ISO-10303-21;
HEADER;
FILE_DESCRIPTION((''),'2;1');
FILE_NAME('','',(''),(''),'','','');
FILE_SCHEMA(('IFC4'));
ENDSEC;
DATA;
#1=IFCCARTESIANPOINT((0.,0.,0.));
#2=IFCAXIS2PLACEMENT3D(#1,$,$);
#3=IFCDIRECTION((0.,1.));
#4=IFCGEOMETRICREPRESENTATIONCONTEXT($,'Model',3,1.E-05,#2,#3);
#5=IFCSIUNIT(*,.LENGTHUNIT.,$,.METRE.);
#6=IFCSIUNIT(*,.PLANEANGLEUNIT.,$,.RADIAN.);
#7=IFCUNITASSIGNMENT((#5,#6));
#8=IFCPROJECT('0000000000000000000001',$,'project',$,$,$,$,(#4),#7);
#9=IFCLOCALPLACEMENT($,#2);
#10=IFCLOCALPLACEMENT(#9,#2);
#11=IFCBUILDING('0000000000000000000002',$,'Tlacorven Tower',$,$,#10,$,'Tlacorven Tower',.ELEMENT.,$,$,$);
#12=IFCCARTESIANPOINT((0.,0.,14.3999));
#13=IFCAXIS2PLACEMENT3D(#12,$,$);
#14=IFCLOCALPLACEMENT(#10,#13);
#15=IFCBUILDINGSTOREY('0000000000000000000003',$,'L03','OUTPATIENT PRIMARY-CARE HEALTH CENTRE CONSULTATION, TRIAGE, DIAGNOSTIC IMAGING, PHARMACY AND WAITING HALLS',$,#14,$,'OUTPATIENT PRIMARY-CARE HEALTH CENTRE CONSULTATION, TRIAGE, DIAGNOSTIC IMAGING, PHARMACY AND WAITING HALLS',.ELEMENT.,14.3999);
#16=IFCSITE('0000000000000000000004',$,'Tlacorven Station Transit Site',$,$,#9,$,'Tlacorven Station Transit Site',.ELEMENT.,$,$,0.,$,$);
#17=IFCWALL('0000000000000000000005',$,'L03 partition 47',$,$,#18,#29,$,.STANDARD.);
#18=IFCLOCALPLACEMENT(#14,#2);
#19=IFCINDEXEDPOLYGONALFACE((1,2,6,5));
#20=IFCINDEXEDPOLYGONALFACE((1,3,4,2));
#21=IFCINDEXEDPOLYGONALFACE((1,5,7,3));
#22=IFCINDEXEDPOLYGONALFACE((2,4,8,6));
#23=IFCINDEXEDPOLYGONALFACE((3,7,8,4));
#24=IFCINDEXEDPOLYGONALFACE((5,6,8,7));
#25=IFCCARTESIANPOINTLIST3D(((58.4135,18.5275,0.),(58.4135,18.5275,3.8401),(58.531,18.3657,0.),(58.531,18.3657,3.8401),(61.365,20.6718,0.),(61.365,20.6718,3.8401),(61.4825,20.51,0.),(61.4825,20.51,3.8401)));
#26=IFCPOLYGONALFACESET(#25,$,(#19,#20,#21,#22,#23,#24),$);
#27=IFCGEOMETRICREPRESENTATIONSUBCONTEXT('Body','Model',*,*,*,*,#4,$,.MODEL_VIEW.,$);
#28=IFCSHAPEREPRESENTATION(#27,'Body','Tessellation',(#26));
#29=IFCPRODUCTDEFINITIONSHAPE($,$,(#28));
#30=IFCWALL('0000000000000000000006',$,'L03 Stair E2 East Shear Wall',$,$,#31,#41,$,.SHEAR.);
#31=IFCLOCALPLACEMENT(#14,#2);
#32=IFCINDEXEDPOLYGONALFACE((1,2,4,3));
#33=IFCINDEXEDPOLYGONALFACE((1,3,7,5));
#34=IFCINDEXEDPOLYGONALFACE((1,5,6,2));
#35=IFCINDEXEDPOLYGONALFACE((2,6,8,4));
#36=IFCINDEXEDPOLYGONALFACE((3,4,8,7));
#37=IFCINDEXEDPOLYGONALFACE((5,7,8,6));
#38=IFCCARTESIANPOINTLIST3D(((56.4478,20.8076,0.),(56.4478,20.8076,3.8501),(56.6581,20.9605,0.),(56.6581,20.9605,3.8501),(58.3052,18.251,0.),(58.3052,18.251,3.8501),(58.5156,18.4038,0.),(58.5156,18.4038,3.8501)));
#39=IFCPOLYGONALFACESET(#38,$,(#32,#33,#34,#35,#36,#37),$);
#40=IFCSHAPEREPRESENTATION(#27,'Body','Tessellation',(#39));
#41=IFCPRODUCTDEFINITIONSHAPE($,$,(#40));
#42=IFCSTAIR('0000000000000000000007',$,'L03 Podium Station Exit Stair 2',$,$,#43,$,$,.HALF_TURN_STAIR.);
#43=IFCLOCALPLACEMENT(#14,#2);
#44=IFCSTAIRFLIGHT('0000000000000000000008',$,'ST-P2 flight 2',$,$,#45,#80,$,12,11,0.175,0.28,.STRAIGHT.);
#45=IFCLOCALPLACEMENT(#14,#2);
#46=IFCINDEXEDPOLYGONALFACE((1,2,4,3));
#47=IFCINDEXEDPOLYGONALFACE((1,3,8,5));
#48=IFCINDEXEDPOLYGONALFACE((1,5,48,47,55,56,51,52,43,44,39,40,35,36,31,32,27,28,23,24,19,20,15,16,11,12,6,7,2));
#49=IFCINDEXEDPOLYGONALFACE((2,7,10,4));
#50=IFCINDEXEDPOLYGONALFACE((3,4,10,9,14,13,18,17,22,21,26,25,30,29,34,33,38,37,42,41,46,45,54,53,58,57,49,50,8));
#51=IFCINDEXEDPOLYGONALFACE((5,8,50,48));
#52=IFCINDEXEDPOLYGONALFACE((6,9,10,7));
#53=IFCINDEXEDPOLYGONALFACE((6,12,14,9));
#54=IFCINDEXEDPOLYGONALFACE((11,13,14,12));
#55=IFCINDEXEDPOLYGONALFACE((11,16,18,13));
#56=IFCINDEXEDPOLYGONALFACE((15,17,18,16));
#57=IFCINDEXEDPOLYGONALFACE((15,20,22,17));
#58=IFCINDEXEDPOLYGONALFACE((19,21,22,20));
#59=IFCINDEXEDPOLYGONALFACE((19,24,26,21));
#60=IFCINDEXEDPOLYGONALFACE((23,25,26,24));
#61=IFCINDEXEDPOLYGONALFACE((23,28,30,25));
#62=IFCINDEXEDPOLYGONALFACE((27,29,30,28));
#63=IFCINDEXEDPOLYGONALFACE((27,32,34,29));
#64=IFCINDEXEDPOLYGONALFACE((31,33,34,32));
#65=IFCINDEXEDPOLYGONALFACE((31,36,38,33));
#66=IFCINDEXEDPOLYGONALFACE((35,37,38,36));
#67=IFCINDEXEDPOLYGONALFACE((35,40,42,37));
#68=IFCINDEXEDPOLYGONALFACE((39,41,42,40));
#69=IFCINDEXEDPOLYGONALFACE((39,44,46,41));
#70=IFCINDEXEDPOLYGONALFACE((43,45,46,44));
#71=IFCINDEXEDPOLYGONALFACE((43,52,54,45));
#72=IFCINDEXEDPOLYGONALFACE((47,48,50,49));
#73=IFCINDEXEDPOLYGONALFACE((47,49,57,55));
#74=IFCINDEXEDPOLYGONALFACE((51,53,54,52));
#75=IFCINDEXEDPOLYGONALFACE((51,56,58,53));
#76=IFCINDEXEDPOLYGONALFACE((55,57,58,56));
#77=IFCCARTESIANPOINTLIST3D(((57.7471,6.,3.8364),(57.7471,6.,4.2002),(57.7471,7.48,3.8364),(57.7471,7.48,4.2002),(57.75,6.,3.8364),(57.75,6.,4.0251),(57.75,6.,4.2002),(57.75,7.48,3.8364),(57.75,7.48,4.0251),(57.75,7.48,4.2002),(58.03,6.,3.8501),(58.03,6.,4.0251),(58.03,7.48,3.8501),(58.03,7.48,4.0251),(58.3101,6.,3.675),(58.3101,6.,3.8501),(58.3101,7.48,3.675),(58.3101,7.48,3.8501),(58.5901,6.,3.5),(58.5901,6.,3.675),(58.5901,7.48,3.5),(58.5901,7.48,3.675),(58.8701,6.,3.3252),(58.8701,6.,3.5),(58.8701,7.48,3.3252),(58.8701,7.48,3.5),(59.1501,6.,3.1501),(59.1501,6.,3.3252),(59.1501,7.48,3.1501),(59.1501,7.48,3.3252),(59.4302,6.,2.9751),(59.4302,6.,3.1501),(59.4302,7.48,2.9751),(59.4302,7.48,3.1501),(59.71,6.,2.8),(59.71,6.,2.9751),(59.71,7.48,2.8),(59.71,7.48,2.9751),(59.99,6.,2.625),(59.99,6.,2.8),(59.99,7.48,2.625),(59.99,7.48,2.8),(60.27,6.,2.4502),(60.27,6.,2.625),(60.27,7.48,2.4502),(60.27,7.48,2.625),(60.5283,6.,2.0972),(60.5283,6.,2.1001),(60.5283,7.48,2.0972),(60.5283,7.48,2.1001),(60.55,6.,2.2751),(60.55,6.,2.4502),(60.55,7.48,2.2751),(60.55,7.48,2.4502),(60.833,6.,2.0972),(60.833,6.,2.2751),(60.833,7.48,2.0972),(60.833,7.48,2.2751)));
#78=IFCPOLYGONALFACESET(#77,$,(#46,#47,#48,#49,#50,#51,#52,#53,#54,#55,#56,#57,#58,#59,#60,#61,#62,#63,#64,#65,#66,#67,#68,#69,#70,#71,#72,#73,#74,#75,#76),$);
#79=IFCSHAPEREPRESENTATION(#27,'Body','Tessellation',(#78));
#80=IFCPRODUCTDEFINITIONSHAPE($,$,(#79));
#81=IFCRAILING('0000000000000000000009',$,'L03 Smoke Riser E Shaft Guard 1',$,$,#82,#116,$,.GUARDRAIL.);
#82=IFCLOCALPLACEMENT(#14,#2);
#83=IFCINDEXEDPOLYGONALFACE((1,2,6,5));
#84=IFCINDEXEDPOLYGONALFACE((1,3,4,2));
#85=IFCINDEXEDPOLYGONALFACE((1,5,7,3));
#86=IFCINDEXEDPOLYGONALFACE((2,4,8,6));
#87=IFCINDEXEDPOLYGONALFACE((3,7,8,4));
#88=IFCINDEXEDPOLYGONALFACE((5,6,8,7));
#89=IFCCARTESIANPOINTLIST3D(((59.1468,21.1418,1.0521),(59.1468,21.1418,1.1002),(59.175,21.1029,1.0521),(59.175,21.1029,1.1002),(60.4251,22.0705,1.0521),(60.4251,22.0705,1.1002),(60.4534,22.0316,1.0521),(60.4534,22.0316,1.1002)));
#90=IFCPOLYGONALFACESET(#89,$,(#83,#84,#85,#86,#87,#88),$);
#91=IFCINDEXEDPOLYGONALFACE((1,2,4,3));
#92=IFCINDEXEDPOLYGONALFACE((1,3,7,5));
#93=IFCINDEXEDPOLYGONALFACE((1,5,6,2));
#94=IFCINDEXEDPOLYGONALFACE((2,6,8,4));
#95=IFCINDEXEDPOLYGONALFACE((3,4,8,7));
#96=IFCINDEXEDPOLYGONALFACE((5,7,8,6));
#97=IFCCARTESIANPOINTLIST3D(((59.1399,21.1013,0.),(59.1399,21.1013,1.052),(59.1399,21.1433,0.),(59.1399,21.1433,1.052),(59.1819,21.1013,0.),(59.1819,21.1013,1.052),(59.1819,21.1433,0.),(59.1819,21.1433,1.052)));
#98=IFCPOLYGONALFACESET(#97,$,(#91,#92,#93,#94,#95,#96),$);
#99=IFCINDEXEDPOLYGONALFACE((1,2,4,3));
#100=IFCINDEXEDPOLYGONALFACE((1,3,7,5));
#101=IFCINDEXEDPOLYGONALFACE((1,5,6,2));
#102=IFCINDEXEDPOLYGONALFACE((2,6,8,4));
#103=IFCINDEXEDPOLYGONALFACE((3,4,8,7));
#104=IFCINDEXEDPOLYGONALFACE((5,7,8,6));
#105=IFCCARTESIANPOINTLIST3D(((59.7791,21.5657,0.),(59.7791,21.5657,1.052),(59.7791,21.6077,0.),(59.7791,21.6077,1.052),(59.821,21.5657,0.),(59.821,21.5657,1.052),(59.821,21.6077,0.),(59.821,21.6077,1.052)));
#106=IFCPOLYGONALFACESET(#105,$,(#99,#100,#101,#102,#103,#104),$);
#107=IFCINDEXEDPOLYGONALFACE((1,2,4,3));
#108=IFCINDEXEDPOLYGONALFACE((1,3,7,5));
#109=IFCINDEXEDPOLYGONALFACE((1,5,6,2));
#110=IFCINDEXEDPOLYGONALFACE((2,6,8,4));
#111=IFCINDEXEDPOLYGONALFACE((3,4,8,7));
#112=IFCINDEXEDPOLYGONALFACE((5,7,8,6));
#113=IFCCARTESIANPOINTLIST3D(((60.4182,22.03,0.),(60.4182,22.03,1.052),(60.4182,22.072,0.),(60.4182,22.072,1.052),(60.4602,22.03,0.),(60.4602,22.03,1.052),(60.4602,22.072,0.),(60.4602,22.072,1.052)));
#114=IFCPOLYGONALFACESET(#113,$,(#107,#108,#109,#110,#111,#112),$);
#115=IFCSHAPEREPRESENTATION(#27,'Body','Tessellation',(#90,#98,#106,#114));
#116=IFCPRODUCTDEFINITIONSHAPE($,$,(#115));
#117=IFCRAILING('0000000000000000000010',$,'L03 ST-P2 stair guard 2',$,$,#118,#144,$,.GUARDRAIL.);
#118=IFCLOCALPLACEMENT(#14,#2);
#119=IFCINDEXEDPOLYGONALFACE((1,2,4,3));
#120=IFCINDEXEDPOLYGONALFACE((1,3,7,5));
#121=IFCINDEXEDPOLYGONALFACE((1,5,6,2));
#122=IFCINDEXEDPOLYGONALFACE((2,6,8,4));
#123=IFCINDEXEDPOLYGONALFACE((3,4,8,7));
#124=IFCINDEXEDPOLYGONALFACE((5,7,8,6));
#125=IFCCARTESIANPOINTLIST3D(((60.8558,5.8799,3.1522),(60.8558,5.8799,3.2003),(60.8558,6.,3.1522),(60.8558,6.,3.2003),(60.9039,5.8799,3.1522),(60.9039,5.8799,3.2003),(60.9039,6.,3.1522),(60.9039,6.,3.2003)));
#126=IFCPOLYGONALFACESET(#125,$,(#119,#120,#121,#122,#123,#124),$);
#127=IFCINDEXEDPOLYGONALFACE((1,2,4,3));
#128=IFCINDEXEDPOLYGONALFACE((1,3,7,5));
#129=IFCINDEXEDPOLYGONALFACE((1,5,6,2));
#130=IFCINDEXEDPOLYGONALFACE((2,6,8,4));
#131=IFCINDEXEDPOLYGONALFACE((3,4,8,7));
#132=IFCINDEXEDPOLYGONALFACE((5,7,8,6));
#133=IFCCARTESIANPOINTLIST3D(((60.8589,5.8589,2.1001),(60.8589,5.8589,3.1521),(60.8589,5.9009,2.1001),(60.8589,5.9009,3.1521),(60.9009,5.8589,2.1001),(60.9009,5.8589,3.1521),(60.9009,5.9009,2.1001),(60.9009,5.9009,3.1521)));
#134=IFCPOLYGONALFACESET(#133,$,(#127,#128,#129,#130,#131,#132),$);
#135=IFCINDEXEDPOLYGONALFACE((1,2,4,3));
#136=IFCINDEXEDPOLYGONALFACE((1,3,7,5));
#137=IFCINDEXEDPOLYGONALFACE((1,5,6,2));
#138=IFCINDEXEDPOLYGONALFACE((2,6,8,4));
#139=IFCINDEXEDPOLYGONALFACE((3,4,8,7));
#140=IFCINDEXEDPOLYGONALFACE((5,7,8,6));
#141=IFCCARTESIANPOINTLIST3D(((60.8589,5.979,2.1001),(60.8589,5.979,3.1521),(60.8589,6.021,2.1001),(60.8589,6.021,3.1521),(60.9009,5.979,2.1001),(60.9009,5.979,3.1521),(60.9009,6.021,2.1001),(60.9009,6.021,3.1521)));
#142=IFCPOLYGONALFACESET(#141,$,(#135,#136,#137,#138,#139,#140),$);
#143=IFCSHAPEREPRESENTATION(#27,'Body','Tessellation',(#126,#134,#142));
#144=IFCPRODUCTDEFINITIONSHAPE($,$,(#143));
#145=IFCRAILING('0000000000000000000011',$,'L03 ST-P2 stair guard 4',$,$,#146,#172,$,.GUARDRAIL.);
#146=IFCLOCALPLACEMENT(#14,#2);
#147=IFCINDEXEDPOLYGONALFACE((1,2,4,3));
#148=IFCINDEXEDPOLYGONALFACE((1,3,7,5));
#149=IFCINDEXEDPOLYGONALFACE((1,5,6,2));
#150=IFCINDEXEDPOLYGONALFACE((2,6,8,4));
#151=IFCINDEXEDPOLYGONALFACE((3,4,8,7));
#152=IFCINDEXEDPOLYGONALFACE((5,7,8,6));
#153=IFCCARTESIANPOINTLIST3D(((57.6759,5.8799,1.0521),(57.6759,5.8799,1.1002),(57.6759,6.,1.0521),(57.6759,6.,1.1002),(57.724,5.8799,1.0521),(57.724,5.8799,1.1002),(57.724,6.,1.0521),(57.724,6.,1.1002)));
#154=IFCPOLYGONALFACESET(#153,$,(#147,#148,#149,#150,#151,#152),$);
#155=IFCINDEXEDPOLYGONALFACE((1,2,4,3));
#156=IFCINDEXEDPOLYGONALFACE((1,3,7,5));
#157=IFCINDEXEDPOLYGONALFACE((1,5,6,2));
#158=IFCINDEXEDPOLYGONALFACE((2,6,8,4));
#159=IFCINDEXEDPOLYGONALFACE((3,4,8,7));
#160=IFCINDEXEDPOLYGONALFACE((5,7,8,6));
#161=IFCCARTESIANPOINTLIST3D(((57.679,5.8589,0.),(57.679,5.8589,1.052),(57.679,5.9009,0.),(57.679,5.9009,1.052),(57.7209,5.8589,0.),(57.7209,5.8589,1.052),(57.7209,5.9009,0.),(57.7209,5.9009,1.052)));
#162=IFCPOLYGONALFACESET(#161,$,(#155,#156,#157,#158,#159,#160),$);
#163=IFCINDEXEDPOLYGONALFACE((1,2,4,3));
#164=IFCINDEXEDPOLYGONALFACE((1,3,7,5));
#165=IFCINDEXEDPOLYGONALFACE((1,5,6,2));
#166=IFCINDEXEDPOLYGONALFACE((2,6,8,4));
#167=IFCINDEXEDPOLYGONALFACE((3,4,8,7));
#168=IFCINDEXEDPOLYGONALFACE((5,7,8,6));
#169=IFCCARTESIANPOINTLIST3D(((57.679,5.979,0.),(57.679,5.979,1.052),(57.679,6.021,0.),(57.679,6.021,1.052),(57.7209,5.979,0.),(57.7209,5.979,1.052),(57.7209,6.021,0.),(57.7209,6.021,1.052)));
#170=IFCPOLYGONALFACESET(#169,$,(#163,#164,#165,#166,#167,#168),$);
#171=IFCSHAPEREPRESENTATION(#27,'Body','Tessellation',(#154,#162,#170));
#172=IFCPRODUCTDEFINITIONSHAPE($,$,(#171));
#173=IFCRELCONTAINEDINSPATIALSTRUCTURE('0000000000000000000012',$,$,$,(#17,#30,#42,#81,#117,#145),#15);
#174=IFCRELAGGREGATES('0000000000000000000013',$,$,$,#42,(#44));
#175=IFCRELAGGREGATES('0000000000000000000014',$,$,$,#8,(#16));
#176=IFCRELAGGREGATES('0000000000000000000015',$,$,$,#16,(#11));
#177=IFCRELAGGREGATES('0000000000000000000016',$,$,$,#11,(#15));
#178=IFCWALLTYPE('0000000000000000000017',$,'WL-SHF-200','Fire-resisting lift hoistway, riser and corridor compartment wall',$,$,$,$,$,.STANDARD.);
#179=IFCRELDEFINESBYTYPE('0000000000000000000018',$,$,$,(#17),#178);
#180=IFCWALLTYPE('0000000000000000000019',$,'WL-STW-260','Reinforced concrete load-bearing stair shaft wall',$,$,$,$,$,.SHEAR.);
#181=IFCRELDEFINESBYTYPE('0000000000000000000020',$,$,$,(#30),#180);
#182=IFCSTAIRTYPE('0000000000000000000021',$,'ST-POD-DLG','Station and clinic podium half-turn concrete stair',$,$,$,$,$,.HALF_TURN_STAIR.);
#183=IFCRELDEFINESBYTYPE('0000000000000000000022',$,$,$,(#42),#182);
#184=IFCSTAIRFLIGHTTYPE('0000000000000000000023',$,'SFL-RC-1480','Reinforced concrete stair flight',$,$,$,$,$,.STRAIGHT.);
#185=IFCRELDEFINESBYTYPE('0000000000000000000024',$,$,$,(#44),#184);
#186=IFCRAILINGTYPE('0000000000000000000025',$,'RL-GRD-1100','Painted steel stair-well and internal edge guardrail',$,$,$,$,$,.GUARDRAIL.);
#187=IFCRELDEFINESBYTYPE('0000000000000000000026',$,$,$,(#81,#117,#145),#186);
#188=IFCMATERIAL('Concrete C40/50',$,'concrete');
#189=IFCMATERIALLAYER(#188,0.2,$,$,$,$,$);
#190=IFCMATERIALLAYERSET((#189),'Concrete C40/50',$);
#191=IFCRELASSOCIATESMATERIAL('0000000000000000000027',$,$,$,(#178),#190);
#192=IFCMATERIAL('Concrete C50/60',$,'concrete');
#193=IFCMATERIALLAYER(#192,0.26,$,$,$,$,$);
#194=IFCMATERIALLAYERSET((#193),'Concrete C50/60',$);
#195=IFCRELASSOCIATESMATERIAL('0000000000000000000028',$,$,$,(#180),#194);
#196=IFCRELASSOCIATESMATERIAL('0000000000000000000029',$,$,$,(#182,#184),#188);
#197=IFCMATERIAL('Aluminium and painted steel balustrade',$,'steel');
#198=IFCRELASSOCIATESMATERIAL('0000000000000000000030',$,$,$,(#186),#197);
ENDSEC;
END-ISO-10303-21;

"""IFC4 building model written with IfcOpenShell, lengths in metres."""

from ifc_helpers import new_model, si_unit, direction, frame, frame_2d, origin, origin_2d, place, context, subcontext, project, spatial, polyline, rectangle, outline, extrude, source, transform, mapped, material, layer, layer_set, type_object, element, aggregate, save


model = new_model("IFC4")

# Units and contexts
model_context = context("Model", 3, precision=1e-05, world=origin(), true_north=direction((0.0, 1.0)))
body_context = subcontext(model_context, "Body", "Model", "MODEL_VIEW")
ifc_project = project(units=[si_unit("LENGTHUNIT", "METRE"), si_unit("PLANEANGLEUNIT", "RADIAN")], contexts=[model_context])

# Site, building, storey
site_placement = place(None, origin())
site = spatial("IfcSite", under=ifc_project, at=site_placement, Name="Tlacorven Station Transit Site", LongName="Tlacorven Station Transit Site", CompositionType="ELEMENT", RefElevation=0.0)
building_placement = place(site_placement, origin())
building = spatial("IfcBuilding", under=site, at=building_placement, Name="Tlacorven Tower", LongName="Tlacorven Tower", CompositionType="ELEMENT")
storey_placement = place(building_placement, frame((0.0, 0.0, 14.3999)))
storey = spatial("IfcBuildingStorey", under=building, at=storey_placement, Name="L03", Description="OUTPATIENT PRIMARY-CARE HEALTH CENTRE CONSULTATION, TRIAGE, DIAGNOSTIC IMAGING, PHARMACY AND WAITING HALLS", LongName="OUTPATIENT PRIMARY-CARE HEALTH CENTRE CONSULTATION, TRIAGE, DIAGNOSTIC IMAGING, PHARMACY AND WAITING HALLS", CompositionType="ELEMENT", Elevation=14.3999)

# Shared definitions
ifc_material_1 = material(Name="Concrete C40/50", Category="concrete")
ifc_layer_1 = layer(ifc_material_1, 0.2)
ifc_layer_set_1 = layer_set([ifc_layer_1], Name="Concrete C40/50")
wall_type_1 = type_object("IfcWallType", Name="WL-SHF-200", Description="Fire-resisting lift hoistway, riser and corridor compartment wall", PredefinedType="STANDARD", material=ifc_layer_set_1)

# Walls
wall_1_placement = place(storey_placement, frame((58.4722, 18.4465, 0.0), z_axis=(0.0, 0.0, 1.0), x_axis=(0.809022, 0.587778, 0.0)))
element("IfcWall", 1, at=wall_1_placement, inside=storey, type_object=wall_type_1, Name="L03 partition 47", PredefinedType="STANDARD", context=body_context, shape_type="SweptSolid", body=[
    extrude(rectangle(XDim=3.6482, YDim=0.2, at=frame_2d((1.8242, 0.0))), origin(), (0.0, 0.0, 1.0), 3.8401),
])
ifc_material_2 = material(Name="Concrete C50/60", Category="concrete")
ifc_layer_2 = layer(ifc_material_2, 0.26)
ifc_layer_set_2 = layer_set([ifc_layer_2], Name="Concrete C50/60")
wall_type_2 = type_object("IfcWallType", Name="WL-STW-260", Description="Reinforced concrete load-bearing stair shaft wall", PredefinedType="SHEAR", material=ifc_layer_set_2)
wall_2_placement = place(storey_placement, frame((58.4104, 18.3274, 0.0), z_axis=(0.0, 0.0, 1.0), x_axis=(-0.587767, 0.80903, 0.0)))
element("IfcWall", 2, at=wall_2_placement, inside=storey, type_object=wall_type_2, Name="L03 Stair E2 East Shear Wall", PredefinedType="SHEAR", context=body_context, shape_type="SweptSolid", body=[
    extrude(rectangle(XDim=3.1602, YDim=0.26, at=frame_2d((1.5801, 0.0))), origin(), (0.0, 0.0, 1.0), 3.8501),
])

# Stair, stair flight
stair_type = type_object("IfcStairType", Name="ST-POD-DLG", Description="Station and clinic podium half-turn concrete stair", PredefinedType="HALF_TURN_STAIR", material=ifc_material_1)
stair_placement = place(storey_placement, origin())
stair = element("IfcStair", 3, at=stair_placement, inside=storey, type_object=stair_type, Name="L03 Podium Station Exit Stair 2", PredefinedType="HALF_TURN_STAIR")
stair_flight_type = type_object("IfcStairFlightType", Name="SFL-RC-1480", Description="Reinforced concrete stair flight", PredefinedType="STRAIGHT", material=ifc_material_1)
shared_shape_1 = source(origin(), body_context, "Body", "SweptSolid", [
    extrude(outline(polyline([(-0.0029, -0.0029), (-0.0029, 0.175), (0.28, 0.175), (0.28, 0.3501), (0.5601, 0.3501), (0.5601, 0.5249), (0.8401, 0.5249), (0.8401, 0.7), (1.1201, 0.7), (1.1201, 0.875), (1.3999, 0.875), (1.3999, 1.05), (1.6799, 1.05), (1.6799, 1.2251), (1.96, 1.2251), (1.96, 1.3999), (2.24, 1.3999), (2.24, 1.575), (2.52, 1.575), (2.52, 1.75), (2.8, 1.75), (2.8, 1.925), (3.0801, 1.925), (3.0801, 2.1001), (3.083, 2.1001), (3.083, 1.7363), (3.0801, 1.7363), (0.3018, 0.0), (0.3018, -0.0029), (-0.0029, -0.0029)])), frame((0.0, 0.74, 0.0), z_axis=(0.0, -1.0, 0.0), x_axis=(1.0, 0.0, 0.0)), (0.0, 0.0, 1.0), 1.48),
])
stair_flight_placement = place(storey_placement, frame((60.8301, 6.74, 2.1001), z_axis=(0.0, 0.0, 1.0), x_axis=(-1.0, 0.0, 0.0)))
stair_flight = element("IfcStairFlight", 4, at=stair_flight_placement, type_object=stair_flight_type, Name="ST-P2 flight 2", NumberOfRisers=12, NumberOfTreads=11, PredefinedType="STRAIGHT", RiserHeight=0.175, TreadLength=0.28, context=body_context, shape_type="MappedRepresentation", body=[
    mapped(shared_shape_1, transform((0.0, 0.0, 0.0), scale=1.0)),
])
aggregate(stair, [stair_flight])

# Railings
ifc_material_3 = material(Name="Aluminium and painted steel balustrade", Category="steel")
railing_type_1 = type_object("IfcRailingType", Name="RL-GRD-1100", Description="Painted steel stair-well and internal edge guardrail", PredefinedType="GUARDRAIL", material=ifc_material_3)
shared_shape_2 = source(origin(), body_context, "Body", "SweptSolid", [
    extrude(rectangle(XDim=0.0481, YDim=0.0481, at=origin_2d()), frame((0.0, 0.0, 1.0762), z_axis=(0.80903, 0.587767, 0.0), x_axis=(-0.587767, 0.80903, 0.0)), (0.0, 0.0, 1.0), 1.5801),
    extrude(rectangle(XDim=0.042, YDim=0.042, at=origin_2d()), origin(), (0.0, 0.0, 1.0), 1.052),
    extrude(rectangle(XDim=0.042, YDim=0.042, at=origin_2d()), frame((0.6392, 0.4644, 0.0)), (0.0, 0.0, 1.0), 1.052),
    extrude(rectangle(XDim=0.042, YDim=0.042, at=origin_2d()), frame((1.2783, 0.9287, 0.0)), (0.0, 0.0, 1.0), 1.052),
])
railing_1_placement = place(storey_placement, frame((59.1609, 21.1223, 0.0)))
element("IfcRailing", 5, at=railing_1_placement, inside=storey, type_object=railing_type_1, Name="L03 Smoke Riser E Shaft Guard 1", PredefinedType="GUARDRAIL", context=body_context, shape_type="MappedRepresentation", body=[
    mapped(shared_shape_2, transform((0.0, 0.0, 0.0), scale=1.0)),
])
shared_shape_3 = source(origin(), body_context, "Body", "SweptSolid", [
    extrude(rectangle(XDim=0.0481, YDim=0.0481, at=origin_2d()), frame((0.0, 0.0, 1.0762), z_axis=(0.0, 1.0, 0.0), x_axis=(-1.0, 0.0, 0.0)), (0.0, 0.0, 1.0), 0.1201),
    extrude(rectangle(XDim=0.042, YDim=0.042, at=origin_2d()), origin(), (0.0, 0.0, 1.0), 1.052),
    extrude(rectangle(XDim=0.042, YDim=0.042, at=origin_2d()), frame((0.0, 0.1201, 0.0)), (0.0, 0.0, 1.0), 1.052),
])
for number, where, name in (
    (6, (60.8799, 5.8799, 2.1001), "L03 ST-P2 stair guard 2"),
    (7, (57.7, 5.8799, 0.0), "L03 ST-P2 stair guard 4"),
):
    element("IfcRailing", number, at=place(storey_placement, frame(where)), inside=storey, type_object=railing_type_1, Name=name, PredefinedType="GUARDRAIL", context=body_context, shape_type="MappedRepresentation", body=[
        mapped(shared_shape_3, transform((0.0, 0.0, 0.0), scale=1.0)),
    ])

save(model, "model.ifc")
